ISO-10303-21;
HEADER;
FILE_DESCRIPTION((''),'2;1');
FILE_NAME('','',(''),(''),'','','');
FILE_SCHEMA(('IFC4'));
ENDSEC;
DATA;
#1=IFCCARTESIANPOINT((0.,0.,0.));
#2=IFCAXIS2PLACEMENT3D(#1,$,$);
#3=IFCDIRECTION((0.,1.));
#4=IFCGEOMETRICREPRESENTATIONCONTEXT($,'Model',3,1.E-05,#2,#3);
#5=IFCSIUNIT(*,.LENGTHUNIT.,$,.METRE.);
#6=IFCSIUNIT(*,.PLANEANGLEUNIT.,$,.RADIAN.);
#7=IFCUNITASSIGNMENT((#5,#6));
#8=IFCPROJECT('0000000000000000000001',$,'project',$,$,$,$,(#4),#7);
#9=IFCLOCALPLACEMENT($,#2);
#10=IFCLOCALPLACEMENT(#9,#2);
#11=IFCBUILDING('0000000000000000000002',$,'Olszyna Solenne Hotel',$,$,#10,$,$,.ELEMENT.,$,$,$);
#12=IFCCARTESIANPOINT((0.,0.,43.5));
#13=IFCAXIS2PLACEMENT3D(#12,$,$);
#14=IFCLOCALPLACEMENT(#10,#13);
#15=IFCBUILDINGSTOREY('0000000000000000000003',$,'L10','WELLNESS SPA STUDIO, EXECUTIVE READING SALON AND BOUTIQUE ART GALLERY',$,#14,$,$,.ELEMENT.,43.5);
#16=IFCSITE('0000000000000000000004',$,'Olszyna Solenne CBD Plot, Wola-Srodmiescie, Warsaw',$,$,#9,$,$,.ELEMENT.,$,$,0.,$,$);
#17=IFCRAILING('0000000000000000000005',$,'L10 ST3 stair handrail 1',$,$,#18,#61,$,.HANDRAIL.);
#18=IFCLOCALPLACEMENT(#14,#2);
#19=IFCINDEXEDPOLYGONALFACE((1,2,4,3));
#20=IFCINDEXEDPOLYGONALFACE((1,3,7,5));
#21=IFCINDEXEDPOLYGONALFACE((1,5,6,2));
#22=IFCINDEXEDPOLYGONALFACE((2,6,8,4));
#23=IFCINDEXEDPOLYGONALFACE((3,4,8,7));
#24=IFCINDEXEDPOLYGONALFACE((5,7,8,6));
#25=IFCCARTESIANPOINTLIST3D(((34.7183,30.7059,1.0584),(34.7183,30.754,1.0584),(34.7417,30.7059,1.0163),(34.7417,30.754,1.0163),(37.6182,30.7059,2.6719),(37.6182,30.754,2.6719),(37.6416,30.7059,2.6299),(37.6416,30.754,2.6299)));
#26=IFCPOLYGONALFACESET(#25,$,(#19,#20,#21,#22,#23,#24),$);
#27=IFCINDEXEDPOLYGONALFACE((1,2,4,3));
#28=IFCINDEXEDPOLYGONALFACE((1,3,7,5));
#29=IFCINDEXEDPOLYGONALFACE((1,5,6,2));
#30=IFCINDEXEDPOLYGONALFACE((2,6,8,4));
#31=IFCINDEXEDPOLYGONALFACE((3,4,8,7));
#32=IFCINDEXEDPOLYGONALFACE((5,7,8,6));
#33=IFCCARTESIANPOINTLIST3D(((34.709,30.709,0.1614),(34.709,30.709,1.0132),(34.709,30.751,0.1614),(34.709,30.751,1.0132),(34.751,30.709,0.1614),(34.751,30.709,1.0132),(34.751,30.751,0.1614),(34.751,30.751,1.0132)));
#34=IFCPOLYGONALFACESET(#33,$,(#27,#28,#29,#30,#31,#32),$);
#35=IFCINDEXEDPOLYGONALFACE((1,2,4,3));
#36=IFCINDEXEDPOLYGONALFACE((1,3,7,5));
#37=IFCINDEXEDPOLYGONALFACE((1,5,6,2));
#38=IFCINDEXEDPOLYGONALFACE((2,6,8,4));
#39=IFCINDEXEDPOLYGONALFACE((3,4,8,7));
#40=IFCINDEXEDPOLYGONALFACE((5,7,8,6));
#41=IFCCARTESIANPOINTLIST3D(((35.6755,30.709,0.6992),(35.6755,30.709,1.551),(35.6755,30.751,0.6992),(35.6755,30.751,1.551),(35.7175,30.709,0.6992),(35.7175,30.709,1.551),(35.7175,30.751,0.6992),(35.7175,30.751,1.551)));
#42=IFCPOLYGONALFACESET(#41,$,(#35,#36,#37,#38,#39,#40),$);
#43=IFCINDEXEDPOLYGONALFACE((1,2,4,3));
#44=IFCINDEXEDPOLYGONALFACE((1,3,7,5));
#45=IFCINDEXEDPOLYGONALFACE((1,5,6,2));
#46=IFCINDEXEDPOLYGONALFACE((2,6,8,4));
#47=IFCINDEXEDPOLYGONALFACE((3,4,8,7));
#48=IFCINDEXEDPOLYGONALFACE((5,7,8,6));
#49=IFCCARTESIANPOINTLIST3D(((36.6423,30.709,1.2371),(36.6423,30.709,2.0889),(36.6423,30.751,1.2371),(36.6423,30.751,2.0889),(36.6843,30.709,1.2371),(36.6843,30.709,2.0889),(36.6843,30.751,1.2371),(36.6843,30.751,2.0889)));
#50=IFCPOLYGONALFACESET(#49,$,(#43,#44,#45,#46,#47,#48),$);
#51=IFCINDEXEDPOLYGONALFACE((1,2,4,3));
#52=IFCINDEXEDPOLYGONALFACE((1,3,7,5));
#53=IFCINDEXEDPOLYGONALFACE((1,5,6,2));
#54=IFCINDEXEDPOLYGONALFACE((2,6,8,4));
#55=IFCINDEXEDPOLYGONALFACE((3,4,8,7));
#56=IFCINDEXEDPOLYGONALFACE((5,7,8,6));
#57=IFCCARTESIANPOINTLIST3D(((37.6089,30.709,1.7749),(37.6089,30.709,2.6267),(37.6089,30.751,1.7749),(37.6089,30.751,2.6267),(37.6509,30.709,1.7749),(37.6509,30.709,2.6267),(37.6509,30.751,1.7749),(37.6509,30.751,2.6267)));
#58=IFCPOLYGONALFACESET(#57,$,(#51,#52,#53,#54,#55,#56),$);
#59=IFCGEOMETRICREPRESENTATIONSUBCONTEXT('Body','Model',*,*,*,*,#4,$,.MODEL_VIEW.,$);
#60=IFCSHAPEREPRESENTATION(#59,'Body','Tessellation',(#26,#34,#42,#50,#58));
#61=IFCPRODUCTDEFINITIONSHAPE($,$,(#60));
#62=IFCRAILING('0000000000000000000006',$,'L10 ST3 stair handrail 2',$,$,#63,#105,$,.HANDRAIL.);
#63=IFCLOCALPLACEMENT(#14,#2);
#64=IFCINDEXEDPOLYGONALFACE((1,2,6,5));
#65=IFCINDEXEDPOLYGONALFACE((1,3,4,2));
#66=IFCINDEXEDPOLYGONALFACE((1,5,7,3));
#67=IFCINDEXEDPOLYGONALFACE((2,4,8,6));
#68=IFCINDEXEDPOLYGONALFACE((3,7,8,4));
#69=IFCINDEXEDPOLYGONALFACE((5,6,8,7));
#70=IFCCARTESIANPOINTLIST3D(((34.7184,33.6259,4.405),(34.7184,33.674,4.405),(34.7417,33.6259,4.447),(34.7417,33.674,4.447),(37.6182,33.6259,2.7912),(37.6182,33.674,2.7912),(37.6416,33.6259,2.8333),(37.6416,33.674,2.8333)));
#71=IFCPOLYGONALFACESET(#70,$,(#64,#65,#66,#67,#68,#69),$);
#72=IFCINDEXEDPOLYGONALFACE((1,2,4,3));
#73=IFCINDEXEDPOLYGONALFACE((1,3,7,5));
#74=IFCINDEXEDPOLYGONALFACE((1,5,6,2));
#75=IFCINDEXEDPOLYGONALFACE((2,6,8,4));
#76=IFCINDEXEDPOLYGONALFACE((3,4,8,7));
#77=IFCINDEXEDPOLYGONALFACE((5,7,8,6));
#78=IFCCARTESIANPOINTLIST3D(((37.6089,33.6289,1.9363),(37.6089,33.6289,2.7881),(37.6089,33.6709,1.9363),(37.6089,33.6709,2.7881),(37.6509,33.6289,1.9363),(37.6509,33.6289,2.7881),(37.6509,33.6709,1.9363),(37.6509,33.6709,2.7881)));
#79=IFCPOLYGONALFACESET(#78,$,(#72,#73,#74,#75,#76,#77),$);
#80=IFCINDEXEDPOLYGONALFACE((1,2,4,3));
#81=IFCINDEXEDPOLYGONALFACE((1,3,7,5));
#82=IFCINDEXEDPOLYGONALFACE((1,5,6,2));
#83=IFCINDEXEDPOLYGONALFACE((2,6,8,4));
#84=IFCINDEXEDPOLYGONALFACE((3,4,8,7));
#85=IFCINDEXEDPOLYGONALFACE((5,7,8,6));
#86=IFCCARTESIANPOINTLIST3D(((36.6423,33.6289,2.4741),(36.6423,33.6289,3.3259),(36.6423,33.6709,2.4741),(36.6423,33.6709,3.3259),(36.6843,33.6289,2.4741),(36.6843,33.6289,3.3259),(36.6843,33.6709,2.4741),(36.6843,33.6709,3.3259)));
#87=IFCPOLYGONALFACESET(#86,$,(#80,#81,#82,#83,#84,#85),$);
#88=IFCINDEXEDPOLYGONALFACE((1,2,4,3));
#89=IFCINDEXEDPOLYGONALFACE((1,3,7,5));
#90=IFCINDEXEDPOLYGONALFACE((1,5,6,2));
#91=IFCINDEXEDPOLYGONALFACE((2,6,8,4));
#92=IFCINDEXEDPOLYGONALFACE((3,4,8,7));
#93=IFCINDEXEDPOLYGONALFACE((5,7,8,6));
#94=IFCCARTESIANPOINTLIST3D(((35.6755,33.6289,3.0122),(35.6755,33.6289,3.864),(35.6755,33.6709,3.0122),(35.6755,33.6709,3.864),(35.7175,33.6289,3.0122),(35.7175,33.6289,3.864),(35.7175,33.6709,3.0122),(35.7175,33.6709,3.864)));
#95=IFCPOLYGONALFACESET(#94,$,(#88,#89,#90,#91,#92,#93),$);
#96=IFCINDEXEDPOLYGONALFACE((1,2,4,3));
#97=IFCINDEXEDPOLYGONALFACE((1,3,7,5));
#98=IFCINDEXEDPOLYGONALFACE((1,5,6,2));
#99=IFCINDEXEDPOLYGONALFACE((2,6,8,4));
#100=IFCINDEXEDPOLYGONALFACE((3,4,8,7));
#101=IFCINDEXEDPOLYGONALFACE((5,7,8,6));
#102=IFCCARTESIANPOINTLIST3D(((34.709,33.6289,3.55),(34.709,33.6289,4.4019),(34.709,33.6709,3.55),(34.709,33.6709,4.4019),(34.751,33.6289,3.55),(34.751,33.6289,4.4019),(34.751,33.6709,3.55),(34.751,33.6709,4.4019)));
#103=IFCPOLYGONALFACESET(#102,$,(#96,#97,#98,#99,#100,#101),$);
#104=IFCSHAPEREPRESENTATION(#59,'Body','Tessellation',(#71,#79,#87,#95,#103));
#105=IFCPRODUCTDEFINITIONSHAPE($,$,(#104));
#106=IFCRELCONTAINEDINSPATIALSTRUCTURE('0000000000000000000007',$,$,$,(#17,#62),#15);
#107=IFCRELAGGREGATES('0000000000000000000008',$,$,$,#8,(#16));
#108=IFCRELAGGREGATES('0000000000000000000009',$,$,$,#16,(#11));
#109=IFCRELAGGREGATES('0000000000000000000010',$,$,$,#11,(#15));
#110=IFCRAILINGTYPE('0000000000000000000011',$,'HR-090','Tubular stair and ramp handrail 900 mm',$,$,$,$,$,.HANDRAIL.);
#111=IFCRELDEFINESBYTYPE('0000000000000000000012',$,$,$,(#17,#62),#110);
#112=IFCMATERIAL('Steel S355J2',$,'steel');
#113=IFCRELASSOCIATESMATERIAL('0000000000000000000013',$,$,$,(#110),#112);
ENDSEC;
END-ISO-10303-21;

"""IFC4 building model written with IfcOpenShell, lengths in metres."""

from ifc_helpers import new_model, si_unit, direction, frame, origin, origin_2d, place, context, subcontext, project, spatial, rectangle, extrude, material, type_object, element, save


model = new_model("IFC4")

# Units and contexts
model_context = context("Model", 3, precision=1e-05, world=origin(), true_north=direction((0.0, 1.0)))
body_context = subcontext(model_context, "Body", "Model", "MODEL_VIEW")
ifc_project = project(units=[si_unit("LENGTHUNIT", "METRE"), si_unit("PLANEANGLEUNIT", "RADIAN")], contexts=[model_context])

# Site, building, storey
site_placement = place(None, origin())
site = spatial("IfcSite", under=ifc_project, at=site_placement, Name="Olszyna Solenne CBD Plot, Wola-Srodmiescie, Warsaw", CompositionType="ELEMENT", RefElevation=0.0)
building_placement = place(site_placement, origin())
building = spatial("IfcBuilding", under=site, at=building_placement, Name="Olszyna Solenne Hotel", CompositionType="ELEMENT")
storey_placement = place(building_placement, frame((0.0, 0.0, 43.5)))
storey = spatial("IfcBuildingStorey", under=building, at=storey_placement, Name="L10", Description="WELLNESS SPA STUDIO, EXECUTIVE READING SALON AND BOUTIQUE ART GALLERY", CompositionType="ELEMENT", Elevation=43.5)

# Shared definitions
ifc_material_1 = material(Name="Steel S355J2", Category="steel")

# Railings
railing_type_1 = type_object("IfcRailingType", Name="HR-090", Description="Tubular stair and ramp handrail 900 mm", PredefinedType="HANDRAIL", material=ifc_material_1)
railing_1_placement = place(storey_placement, frame((34.73, 30.73, 0.1614)))
element("IfcRailing", 1, at=railing_1_placement, inside=storey, type_object=railing_type_1, Name="L10 ST3 stair handrail 1", PredefinedType="HANDRAIL", context=body_context, shape_type="SweptSolid", body=[
    extrude(rectangle(XDim=0.0481, YDim=0.0481, at=origin_2d()), frame((0.0, 0.0, 0.876), z_axis=(0.873841, 0.0, 0.486211), x_axis=(0.0, 1.0, 0.0)), (0.0, 0.0, 1.0), 3.3186),
    extrude(rectangle(XDim=0.042, YDim=0.042, at=origin_2d()), origin(), (0.0, 0.0, 1.0), 0.8518),
    extrude(rectangle(XDim=0.042, YDim=0.042, at=origin_2d()), frame((0.9666, 0.0, 0.5378)), (0.0, 0.0, 1.0), 0.8518),
    extrude(rectangle(XDim=0.042, YDim=0.042, at=origin_2d()), frame((1.9333, 0.0, 1.0757)), (0.0, 0.0, 1.0), 0.8518),
    extrude(rectangle(XDim=0.042, YDim=0.042, at=origin_2d()), frame((2.8999, 0.0, 1.6135)), (0.0, 0.0, 1.0), 0.8518),
])
railing_2_placement = place(storey_placement, frame((37.6299, 33.6499, 1.9363)))
element("IfcRailing", 2, at=railing_2_placement, inside=storey, type_object=railing_type_1, Name="L10 ST3 stair handrail 2", PredefinedType="HANDRAIL", context=body_context, shape_type="SweptSolid", body=[
    extrude(rectangle(XDim=0.0481, YDim=0.0481, at=origin_2d()), frame((0.0, 0.0, 0.876), z_axis=(-0.87381, 0.0, 0.486267), x_axis=(0.0, -1.0, 0.0)), (0.0, 0.0, 1.0), 3.3186),
    extrude(rectangle(XDim=0.042, YDim=0.042, at=origin_2d()), origin(), (0.0, 0.0, 1.0), 0.8518),
    extrude(rectangle(XDim=0.042, YDim=0.042, at=origin_2d()), frame((-0.9666, 0.0, 0.5378)), (0.0, 0.0, 1.0), 0.8518),
    extrude(rectangle(XDim=0.042, YDim=0.042, at=origin_2d()), frame((-1.9333, 0.0, 1.0759)), (0.0, 0.0, 1.0), 0.8518),
    extrude(rectangle(XDim=0.042, YDim=0.042, at=origin_2d()), frame((-2.8999, 0.0, 1.6138)), (0.0, 0.0, 1.0), 0.8518),
])

save(model, "model.ifc")
